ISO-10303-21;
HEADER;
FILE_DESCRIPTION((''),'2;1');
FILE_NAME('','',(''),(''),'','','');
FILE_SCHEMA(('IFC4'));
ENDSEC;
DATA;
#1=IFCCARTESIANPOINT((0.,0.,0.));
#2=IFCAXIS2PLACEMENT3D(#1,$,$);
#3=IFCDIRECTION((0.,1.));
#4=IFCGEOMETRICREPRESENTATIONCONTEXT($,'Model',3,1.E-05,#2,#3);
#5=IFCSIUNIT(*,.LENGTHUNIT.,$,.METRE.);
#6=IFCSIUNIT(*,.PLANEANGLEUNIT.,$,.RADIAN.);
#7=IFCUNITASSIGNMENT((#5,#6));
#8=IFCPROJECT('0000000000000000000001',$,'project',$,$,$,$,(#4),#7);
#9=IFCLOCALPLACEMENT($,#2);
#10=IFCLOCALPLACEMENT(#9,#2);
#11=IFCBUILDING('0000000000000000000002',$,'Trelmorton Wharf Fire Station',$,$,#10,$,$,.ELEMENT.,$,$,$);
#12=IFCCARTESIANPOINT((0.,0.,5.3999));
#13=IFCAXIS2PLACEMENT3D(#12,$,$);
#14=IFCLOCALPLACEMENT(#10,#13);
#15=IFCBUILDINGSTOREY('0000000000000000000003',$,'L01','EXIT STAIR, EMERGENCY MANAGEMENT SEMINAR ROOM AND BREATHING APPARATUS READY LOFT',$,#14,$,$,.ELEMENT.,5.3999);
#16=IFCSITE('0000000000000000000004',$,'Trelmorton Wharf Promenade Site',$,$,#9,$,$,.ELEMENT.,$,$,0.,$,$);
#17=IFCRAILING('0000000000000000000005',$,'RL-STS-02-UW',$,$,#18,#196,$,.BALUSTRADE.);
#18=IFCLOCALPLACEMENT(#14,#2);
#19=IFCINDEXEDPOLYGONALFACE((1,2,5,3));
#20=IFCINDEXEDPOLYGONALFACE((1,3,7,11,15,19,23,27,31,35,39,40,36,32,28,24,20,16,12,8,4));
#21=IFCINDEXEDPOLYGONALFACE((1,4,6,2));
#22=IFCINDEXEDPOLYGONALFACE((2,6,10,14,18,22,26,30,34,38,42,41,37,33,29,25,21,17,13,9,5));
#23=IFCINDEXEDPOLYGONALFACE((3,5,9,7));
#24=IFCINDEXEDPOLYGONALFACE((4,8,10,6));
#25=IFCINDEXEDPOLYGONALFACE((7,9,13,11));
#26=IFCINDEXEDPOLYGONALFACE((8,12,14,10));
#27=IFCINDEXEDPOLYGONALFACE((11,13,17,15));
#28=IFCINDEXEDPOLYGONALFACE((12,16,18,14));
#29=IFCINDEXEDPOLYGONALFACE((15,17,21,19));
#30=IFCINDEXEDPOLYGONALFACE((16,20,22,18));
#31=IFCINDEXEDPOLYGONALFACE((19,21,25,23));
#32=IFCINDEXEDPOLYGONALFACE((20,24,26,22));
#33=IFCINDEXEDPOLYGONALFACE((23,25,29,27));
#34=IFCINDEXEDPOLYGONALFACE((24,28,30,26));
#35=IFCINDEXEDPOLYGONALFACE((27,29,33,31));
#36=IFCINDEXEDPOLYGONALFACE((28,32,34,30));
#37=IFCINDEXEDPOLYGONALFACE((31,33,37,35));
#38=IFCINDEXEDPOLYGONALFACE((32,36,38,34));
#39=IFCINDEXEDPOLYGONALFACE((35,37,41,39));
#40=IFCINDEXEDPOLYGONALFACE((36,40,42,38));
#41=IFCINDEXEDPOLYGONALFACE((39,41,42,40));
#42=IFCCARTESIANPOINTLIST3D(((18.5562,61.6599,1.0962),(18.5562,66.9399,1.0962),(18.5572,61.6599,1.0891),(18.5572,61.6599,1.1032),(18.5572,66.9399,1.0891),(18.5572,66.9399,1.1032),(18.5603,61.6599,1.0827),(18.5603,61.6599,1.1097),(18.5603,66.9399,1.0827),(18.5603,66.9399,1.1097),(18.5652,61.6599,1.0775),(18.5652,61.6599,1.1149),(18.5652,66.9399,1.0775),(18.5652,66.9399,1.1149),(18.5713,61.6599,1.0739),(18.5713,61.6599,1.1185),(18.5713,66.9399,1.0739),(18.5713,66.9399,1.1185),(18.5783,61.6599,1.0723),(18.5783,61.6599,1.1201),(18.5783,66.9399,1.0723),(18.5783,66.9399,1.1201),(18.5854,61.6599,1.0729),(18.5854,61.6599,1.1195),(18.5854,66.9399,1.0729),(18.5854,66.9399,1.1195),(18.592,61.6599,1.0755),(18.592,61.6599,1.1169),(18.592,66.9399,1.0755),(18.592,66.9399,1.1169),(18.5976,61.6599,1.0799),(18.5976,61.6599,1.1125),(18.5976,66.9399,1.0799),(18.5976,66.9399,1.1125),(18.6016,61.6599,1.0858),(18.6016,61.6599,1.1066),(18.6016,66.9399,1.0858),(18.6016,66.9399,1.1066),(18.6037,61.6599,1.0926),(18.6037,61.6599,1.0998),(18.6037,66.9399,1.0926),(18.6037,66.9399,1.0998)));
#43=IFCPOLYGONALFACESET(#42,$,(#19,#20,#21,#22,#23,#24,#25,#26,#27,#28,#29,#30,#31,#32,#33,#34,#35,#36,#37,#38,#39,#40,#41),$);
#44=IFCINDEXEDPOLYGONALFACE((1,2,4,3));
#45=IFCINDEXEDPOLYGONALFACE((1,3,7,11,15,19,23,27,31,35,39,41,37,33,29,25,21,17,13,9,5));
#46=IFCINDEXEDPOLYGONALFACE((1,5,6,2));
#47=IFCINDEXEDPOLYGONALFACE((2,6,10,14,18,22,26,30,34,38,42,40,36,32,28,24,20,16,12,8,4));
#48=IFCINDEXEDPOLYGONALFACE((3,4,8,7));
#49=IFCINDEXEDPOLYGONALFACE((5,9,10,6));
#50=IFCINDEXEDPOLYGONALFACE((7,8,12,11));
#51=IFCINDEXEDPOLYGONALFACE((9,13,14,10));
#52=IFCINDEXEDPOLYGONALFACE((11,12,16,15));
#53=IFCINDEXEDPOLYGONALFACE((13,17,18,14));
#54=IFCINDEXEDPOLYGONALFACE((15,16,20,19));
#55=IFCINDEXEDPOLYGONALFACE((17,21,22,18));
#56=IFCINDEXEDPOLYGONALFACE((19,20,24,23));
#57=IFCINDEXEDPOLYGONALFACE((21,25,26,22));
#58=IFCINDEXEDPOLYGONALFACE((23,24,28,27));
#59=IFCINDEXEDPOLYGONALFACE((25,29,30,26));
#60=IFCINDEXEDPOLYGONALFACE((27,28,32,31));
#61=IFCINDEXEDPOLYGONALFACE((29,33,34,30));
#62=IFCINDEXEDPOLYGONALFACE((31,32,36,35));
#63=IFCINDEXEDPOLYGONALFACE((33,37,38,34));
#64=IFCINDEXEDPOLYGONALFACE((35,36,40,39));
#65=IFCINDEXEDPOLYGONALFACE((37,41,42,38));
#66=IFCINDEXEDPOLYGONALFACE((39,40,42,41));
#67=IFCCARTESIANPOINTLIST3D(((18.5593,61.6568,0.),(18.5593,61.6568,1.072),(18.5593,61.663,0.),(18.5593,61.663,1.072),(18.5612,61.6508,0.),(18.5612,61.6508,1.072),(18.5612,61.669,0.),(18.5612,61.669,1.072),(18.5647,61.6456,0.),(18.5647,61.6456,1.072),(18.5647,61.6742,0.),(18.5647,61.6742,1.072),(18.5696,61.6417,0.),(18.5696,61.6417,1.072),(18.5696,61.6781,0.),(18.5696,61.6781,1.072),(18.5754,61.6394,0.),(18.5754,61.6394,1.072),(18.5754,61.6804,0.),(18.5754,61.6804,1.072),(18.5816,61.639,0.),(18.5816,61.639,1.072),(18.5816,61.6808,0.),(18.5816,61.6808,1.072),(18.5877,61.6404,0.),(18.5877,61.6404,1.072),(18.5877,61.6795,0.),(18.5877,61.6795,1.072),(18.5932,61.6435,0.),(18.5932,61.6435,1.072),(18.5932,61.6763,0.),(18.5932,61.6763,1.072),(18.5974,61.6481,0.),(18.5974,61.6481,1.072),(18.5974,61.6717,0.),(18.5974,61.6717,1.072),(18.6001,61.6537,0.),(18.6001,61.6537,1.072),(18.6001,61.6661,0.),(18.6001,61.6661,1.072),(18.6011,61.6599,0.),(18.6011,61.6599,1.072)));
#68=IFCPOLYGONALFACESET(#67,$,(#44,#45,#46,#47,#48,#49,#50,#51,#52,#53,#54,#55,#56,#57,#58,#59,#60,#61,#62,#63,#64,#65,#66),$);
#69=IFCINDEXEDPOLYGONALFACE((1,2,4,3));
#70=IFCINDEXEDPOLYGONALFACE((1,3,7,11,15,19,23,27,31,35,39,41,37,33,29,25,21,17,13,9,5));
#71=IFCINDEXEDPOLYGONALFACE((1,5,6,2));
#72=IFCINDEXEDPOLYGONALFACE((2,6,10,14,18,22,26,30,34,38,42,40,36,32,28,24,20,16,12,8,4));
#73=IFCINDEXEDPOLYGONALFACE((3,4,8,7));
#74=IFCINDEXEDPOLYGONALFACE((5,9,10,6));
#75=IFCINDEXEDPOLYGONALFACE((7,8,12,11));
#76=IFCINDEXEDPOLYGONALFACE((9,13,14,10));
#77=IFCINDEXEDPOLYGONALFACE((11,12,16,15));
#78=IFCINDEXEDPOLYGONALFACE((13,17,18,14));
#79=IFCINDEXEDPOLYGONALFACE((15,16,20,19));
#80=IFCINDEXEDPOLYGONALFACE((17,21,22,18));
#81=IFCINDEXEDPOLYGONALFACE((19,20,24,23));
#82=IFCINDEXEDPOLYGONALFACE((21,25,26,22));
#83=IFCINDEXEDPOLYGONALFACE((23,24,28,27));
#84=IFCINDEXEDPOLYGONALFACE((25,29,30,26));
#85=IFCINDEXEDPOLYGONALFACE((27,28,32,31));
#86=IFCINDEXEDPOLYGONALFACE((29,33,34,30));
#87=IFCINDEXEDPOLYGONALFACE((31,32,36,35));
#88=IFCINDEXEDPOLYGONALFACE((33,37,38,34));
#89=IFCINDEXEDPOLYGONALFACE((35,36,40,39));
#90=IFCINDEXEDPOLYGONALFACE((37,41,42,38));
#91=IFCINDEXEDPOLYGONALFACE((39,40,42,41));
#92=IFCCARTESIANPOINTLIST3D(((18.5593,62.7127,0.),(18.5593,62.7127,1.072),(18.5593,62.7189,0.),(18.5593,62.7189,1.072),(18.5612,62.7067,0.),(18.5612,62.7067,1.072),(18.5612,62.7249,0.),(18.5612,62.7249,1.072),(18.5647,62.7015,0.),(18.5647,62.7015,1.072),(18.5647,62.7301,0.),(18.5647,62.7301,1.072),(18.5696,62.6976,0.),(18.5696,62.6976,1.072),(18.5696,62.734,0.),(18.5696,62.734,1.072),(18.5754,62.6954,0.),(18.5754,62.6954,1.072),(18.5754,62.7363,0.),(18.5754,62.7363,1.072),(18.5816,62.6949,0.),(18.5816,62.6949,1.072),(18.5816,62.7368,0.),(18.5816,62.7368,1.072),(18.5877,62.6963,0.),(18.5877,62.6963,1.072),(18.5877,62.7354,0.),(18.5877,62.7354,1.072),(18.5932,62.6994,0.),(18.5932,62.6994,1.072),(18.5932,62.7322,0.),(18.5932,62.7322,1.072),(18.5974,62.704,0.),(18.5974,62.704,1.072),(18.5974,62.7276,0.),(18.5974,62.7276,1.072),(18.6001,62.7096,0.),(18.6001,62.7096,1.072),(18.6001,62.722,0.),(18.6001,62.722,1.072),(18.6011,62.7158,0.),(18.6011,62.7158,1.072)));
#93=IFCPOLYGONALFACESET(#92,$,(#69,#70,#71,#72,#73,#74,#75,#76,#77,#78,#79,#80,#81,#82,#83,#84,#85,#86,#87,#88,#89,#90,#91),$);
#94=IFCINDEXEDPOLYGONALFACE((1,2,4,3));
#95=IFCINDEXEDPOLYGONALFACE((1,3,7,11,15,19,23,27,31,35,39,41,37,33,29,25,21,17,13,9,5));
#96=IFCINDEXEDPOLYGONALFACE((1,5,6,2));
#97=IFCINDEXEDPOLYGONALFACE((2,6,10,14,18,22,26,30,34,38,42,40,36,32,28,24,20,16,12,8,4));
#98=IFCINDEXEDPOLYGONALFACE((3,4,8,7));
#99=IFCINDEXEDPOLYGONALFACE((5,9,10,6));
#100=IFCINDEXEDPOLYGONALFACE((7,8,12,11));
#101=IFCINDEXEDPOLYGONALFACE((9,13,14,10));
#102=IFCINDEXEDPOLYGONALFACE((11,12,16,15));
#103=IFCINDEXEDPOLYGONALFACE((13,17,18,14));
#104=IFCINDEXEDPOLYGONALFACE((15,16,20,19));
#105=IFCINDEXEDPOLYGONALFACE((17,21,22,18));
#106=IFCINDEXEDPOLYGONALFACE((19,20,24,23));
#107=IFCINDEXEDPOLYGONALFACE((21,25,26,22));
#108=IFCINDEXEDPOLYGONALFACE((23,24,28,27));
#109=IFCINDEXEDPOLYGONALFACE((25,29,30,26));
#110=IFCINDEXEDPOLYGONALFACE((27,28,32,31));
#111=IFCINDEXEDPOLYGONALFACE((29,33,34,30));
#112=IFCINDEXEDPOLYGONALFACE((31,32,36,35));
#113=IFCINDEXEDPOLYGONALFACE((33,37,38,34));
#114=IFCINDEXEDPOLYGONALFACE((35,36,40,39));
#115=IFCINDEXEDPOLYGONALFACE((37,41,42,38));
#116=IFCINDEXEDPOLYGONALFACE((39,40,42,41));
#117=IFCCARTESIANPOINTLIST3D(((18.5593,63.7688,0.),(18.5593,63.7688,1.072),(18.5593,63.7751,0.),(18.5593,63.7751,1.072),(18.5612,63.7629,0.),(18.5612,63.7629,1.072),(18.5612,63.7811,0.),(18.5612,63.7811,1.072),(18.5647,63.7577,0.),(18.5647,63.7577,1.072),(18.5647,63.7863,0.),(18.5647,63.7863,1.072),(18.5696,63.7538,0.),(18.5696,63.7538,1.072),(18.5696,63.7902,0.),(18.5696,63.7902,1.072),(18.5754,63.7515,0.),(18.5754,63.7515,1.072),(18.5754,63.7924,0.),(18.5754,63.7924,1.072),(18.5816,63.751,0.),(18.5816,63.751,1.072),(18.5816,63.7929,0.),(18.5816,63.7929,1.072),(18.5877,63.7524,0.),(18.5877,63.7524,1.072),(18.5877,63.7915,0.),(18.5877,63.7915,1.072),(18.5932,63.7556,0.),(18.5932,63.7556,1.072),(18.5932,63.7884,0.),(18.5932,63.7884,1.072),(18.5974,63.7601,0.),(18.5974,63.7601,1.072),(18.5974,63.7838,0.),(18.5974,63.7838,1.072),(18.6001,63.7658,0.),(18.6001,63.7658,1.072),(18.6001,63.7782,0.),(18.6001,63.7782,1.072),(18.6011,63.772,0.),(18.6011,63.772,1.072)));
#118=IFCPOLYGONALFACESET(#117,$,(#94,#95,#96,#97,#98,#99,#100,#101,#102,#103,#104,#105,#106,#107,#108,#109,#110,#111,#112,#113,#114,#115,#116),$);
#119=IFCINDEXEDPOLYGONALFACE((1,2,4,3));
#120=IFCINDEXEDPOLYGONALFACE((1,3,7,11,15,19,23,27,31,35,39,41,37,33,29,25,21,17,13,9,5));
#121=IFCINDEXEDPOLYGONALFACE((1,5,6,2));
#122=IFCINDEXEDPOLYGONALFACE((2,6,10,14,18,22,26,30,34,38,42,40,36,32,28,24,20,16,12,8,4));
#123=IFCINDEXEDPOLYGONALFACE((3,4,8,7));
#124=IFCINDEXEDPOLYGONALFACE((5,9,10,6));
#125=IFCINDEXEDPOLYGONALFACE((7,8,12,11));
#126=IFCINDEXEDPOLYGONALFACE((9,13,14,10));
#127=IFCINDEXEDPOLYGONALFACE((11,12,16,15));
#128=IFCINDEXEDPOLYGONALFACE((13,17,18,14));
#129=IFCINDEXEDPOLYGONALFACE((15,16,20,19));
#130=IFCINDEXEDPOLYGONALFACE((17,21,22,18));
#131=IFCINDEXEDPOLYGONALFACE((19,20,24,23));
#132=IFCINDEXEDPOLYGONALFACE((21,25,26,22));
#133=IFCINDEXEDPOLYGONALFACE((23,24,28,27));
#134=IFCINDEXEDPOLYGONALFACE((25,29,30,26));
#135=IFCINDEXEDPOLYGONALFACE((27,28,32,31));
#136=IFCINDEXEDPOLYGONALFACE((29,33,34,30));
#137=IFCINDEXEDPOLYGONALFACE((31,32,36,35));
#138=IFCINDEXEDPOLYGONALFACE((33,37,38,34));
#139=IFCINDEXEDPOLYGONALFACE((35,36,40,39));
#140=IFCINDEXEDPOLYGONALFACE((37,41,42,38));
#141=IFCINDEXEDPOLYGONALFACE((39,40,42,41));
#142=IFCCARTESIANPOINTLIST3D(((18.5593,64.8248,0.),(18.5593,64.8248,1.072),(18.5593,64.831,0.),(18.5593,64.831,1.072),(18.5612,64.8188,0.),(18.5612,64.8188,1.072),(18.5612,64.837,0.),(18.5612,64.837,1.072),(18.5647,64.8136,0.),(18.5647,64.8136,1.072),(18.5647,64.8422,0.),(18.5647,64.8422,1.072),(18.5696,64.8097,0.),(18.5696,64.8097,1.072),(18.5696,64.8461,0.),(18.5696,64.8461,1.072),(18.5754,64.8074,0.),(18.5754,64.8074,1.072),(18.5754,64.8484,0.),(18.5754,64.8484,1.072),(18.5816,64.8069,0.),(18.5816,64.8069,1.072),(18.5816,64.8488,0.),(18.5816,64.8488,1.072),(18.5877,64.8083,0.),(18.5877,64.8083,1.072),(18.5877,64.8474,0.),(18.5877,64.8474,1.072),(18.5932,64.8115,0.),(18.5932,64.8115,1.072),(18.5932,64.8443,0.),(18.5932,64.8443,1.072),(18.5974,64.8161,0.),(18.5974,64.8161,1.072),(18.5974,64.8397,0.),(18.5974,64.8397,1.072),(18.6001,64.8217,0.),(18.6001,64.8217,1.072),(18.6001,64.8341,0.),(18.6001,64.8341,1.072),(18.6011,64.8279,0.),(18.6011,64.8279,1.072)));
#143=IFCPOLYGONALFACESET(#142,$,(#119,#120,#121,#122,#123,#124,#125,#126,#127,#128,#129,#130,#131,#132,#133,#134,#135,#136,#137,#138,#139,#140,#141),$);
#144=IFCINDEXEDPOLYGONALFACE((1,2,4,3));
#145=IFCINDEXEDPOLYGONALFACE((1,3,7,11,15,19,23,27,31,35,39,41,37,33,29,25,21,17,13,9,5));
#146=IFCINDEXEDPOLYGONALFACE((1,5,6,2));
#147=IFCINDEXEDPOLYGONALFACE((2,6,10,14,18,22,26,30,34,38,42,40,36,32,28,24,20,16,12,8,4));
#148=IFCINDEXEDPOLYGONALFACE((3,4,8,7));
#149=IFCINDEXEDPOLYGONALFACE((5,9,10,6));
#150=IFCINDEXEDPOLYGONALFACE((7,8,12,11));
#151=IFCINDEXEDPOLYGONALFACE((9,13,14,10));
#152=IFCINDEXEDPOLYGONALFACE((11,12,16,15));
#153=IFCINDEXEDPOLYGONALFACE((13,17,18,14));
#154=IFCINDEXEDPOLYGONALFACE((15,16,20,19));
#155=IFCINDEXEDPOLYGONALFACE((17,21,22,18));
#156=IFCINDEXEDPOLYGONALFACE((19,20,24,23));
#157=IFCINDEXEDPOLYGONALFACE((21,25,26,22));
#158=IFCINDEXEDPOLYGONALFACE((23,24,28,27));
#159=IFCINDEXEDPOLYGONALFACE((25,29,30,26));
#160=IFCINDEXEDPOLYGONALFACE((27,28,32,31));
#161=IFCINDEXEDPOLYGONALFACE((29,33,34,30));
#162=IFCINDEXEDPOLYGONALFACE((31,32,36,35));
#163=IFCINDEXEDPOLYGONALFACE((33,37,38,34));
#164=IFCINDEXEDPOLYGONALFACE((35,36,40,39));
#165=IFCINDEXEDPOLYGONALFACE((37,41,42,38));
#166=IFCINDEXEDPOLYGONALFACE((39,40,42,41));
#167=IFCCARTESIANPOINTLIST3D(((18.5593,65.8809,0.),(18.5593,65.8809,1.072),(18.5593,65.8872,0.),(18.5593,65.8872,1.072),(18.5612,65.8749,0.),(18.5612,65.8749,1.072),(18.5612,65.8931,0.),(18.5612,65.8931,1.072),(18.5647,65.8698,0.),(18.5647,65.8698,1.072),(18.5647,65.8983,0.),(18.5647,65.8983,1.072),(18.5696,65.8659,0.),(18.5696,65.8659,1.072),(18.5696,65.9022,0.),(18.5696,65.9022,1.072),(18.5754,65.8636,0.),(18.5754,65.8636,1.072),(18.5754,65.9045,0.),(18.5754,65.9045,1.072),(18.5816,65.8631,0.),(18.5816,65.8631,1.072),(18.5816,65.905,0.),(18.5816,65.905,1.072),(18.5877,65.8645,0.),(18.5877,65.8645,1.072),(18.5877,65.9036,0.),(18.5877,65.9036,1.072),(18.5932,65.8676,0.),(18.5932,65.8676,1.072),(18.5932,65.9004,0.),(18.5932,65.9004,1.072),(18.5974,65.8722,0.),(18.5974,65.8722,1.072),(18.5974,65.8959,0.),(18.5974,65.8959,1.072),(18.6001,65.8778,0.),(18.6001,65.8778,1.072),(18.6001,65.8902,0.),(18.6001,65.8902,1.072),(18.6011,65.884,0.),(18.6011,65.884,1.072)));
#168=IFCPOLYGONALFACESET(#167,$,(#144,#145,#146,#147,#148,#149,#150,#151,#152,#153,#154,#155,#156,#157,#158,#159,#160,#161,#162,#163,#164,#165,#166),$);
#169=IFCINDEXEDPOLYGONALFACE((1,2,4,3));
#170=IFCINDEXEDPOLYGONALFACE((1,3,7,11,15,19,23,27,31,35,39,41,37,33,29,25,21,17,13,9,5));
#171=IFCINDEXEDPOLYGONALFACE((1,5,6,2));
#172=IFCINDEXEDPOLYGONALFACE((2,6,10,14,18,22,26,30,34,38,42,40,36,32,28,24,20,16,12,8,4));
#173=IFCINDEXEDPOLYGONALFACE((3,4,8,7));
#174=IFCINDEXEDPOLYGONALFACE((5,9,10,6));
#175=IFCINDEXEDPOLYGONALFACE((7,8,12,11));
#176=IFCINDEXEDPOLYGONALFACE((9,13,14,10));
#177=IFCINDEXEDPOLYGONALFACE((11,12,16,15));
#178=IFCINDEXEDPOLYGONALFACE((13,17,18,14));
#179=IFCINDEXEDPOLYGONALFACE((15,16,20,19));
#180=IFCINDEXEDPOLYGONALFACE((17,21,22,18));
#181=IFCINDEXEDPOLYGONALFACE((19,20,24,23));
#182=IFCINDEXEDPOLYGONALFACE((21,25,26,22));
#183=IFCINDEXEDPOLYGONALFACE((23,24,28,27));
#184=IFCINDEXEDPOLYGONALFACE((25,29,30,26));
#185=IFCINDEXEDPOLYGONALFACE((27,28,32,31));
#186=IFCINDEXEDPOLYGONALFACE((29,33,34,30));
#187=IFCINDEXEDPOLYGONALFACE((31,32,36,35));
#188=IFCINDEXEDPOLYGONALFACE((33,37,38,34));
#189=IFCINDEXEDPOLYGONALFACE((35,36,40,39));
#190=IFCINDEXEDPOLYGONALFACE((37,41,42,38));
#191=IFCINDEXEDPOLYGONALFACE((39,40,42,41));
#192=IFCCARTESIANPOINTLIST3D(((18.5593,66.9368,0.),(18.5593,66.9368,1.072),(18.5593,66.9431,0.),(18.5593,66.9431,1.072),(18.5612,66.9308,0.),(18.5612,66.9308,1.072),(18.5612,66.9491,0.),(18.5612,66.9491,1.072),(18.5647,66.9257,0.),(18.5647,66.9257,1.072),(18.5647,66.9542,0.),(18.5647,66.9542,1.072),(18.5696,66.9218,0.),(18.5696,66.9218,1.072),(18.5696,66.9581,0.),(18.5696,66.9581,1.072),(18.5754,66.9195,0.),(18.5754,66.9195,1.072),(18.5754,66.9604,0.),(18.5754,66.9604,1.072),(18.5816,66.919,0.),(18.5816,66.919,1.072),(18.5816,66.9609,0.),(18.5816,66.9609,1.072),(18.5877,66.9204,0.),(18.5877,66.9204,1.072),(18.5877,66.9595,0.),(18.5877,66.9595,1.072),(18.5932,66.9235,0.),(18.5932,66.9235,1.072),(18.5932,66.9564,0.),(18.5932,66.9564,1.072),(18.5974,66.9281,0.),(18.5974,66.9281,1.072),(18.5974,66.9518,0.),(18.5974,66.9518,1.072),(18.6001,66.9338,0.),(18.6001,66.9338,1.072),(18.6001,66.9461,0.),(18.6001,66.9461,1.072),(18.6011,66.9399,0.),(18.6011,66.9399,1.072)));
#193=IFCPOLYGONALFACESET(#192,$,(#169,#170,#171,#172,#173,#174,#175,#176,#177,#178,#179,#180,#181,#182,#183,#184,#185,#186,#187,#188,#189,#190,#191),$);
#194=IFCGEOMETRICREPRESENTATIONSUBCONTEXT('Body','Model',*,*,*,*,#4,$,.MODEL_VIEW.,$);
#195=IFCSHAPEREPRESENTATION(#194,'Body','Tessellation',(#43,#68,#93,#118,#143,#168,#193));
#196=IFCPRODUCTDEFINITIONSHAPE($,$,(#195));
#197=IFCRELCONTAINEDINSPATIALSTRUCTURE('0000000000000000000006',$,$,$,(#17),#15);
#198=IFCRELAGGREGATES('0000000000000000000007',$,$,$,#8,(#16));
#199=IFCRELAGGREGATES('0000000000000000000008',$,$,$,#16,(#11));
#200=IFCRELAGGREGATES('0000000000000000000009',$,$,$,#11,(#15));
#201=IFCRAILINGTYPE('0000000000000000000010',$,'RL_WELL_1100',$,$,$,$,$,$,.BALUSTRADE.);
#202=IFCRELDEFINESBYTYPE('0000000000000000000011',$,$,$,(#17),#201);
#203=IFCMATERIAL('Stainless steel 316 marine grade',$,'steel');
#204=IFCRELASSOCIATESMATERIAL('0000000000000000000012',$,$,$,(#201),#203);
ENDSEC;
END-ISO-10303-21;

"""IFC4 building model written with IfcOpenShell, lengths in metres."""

from ifc_helpers import new_model, si_unit, direction, frame, origin, origin_2d, place, context, subcontext, project, spatial, circle, extrude, material, type_object, element, save


model = new_model("IFC4")

# Units and contexts
model_context = context("Model", 3, precision=1e-05, world=origin(), true_north=direction((0.0, 1.0)))
body_context = subcontext(model_context, "Body", "Model", "MODEL_VIEW")
ifc_project = project(units=[si_unit("LENGTHUNIT", "METRE"), si_unit("PLANEANGLEUNIT", "RADIAN")], contexts=[model_context])

# Site, building, storey
site_placement = place(None, origin())
site = spatial("IfcSite", under=ifc_project, at=site_placement, Name="Trelmorton Wharf Promenade Site", CompositionType="ELEMENT", RefElevation=0.0)
building_placement = place(site_placement, origin())
building = spatial("IfcBuilding", under=site, at=building_placement, Name="Trelmorton Wharf Fire Station", CompositionType="ELEMENT")
storey_placement = place(building_placement, frame((0.0, 0.0, 5.3999)))
storey = spatial("IfcBuildingStorey", under=building, at=storey_placement, Name="L01", Description="EXIT STAIR, EMERGENCY MANAGEMENT SEMINAR ROOM AND BREATHING APPARATUS READY LOFT", CompositionType="ELEMENT", Elevation=5.3999)

# Railing
ifc_material_1 = material(Name="Stainless steel 316 marine grade", Category="steel")
railing_type = type_object("IfcRailingType", Name="RL_WELL_1100", PredefinedType="BALUSTRADE", material=ifc_material_1)
for number, where, name in (
    (1, (18.5801, 61.6599, 0.0), "RL-STS-02-UW"),
):
    element("IfcRailing", number, at=place(storey_placement, frame(where)), inside=storey, type_object=railing_type, Name=name, PredefinedType="BALUSTRADE", context=body_context, shape_type="SweptSolid", body=[
        extrude(circle(Radius=0.0239, at=origin_2d()), frame((0.0, 0.0, 1.0962), z_axis=(0.0, 1.0, 0.0), x_axis=(-1.0, 0.0, 0.0)), (0.0, 0.0, 1.0), 5.28),
        extrude(circle(Radius=0.021, at=origin_2d()), origin(), (0.0, 0.0, 1.0), 1.072),
        extrude(circle(Radius=0.021, at=origin_2d()), frame((0.0, 1.0559, 0.0)), (0.0, 0.0, 1.0), 1.072),
        extrude(circle(Radius=0.021, at=origin_2d()), frame((0.0, 2.1121, 0.0)), (0.0, 0.0, 1.0), 1.072),
        extrude(circle(Radius=0.021, at=origin_2d()), frame((0.0, 3.168, 0.0)), (0.0, 0.0, 1.0), 1.072),
        extrude(circle(Radius=0.021, at=origin_2d()), frame((0.0, 4.2241, 0.0)), (0.0, 0.0, 1.0), 1.072),
        extrude(circle(Radius=0.021, at=origin_2d()), frame((0.0, 5.28, 0.0)), (0.0, 0.0, 1.0), 1.072),
    ])

save(model, "model.ifc")
